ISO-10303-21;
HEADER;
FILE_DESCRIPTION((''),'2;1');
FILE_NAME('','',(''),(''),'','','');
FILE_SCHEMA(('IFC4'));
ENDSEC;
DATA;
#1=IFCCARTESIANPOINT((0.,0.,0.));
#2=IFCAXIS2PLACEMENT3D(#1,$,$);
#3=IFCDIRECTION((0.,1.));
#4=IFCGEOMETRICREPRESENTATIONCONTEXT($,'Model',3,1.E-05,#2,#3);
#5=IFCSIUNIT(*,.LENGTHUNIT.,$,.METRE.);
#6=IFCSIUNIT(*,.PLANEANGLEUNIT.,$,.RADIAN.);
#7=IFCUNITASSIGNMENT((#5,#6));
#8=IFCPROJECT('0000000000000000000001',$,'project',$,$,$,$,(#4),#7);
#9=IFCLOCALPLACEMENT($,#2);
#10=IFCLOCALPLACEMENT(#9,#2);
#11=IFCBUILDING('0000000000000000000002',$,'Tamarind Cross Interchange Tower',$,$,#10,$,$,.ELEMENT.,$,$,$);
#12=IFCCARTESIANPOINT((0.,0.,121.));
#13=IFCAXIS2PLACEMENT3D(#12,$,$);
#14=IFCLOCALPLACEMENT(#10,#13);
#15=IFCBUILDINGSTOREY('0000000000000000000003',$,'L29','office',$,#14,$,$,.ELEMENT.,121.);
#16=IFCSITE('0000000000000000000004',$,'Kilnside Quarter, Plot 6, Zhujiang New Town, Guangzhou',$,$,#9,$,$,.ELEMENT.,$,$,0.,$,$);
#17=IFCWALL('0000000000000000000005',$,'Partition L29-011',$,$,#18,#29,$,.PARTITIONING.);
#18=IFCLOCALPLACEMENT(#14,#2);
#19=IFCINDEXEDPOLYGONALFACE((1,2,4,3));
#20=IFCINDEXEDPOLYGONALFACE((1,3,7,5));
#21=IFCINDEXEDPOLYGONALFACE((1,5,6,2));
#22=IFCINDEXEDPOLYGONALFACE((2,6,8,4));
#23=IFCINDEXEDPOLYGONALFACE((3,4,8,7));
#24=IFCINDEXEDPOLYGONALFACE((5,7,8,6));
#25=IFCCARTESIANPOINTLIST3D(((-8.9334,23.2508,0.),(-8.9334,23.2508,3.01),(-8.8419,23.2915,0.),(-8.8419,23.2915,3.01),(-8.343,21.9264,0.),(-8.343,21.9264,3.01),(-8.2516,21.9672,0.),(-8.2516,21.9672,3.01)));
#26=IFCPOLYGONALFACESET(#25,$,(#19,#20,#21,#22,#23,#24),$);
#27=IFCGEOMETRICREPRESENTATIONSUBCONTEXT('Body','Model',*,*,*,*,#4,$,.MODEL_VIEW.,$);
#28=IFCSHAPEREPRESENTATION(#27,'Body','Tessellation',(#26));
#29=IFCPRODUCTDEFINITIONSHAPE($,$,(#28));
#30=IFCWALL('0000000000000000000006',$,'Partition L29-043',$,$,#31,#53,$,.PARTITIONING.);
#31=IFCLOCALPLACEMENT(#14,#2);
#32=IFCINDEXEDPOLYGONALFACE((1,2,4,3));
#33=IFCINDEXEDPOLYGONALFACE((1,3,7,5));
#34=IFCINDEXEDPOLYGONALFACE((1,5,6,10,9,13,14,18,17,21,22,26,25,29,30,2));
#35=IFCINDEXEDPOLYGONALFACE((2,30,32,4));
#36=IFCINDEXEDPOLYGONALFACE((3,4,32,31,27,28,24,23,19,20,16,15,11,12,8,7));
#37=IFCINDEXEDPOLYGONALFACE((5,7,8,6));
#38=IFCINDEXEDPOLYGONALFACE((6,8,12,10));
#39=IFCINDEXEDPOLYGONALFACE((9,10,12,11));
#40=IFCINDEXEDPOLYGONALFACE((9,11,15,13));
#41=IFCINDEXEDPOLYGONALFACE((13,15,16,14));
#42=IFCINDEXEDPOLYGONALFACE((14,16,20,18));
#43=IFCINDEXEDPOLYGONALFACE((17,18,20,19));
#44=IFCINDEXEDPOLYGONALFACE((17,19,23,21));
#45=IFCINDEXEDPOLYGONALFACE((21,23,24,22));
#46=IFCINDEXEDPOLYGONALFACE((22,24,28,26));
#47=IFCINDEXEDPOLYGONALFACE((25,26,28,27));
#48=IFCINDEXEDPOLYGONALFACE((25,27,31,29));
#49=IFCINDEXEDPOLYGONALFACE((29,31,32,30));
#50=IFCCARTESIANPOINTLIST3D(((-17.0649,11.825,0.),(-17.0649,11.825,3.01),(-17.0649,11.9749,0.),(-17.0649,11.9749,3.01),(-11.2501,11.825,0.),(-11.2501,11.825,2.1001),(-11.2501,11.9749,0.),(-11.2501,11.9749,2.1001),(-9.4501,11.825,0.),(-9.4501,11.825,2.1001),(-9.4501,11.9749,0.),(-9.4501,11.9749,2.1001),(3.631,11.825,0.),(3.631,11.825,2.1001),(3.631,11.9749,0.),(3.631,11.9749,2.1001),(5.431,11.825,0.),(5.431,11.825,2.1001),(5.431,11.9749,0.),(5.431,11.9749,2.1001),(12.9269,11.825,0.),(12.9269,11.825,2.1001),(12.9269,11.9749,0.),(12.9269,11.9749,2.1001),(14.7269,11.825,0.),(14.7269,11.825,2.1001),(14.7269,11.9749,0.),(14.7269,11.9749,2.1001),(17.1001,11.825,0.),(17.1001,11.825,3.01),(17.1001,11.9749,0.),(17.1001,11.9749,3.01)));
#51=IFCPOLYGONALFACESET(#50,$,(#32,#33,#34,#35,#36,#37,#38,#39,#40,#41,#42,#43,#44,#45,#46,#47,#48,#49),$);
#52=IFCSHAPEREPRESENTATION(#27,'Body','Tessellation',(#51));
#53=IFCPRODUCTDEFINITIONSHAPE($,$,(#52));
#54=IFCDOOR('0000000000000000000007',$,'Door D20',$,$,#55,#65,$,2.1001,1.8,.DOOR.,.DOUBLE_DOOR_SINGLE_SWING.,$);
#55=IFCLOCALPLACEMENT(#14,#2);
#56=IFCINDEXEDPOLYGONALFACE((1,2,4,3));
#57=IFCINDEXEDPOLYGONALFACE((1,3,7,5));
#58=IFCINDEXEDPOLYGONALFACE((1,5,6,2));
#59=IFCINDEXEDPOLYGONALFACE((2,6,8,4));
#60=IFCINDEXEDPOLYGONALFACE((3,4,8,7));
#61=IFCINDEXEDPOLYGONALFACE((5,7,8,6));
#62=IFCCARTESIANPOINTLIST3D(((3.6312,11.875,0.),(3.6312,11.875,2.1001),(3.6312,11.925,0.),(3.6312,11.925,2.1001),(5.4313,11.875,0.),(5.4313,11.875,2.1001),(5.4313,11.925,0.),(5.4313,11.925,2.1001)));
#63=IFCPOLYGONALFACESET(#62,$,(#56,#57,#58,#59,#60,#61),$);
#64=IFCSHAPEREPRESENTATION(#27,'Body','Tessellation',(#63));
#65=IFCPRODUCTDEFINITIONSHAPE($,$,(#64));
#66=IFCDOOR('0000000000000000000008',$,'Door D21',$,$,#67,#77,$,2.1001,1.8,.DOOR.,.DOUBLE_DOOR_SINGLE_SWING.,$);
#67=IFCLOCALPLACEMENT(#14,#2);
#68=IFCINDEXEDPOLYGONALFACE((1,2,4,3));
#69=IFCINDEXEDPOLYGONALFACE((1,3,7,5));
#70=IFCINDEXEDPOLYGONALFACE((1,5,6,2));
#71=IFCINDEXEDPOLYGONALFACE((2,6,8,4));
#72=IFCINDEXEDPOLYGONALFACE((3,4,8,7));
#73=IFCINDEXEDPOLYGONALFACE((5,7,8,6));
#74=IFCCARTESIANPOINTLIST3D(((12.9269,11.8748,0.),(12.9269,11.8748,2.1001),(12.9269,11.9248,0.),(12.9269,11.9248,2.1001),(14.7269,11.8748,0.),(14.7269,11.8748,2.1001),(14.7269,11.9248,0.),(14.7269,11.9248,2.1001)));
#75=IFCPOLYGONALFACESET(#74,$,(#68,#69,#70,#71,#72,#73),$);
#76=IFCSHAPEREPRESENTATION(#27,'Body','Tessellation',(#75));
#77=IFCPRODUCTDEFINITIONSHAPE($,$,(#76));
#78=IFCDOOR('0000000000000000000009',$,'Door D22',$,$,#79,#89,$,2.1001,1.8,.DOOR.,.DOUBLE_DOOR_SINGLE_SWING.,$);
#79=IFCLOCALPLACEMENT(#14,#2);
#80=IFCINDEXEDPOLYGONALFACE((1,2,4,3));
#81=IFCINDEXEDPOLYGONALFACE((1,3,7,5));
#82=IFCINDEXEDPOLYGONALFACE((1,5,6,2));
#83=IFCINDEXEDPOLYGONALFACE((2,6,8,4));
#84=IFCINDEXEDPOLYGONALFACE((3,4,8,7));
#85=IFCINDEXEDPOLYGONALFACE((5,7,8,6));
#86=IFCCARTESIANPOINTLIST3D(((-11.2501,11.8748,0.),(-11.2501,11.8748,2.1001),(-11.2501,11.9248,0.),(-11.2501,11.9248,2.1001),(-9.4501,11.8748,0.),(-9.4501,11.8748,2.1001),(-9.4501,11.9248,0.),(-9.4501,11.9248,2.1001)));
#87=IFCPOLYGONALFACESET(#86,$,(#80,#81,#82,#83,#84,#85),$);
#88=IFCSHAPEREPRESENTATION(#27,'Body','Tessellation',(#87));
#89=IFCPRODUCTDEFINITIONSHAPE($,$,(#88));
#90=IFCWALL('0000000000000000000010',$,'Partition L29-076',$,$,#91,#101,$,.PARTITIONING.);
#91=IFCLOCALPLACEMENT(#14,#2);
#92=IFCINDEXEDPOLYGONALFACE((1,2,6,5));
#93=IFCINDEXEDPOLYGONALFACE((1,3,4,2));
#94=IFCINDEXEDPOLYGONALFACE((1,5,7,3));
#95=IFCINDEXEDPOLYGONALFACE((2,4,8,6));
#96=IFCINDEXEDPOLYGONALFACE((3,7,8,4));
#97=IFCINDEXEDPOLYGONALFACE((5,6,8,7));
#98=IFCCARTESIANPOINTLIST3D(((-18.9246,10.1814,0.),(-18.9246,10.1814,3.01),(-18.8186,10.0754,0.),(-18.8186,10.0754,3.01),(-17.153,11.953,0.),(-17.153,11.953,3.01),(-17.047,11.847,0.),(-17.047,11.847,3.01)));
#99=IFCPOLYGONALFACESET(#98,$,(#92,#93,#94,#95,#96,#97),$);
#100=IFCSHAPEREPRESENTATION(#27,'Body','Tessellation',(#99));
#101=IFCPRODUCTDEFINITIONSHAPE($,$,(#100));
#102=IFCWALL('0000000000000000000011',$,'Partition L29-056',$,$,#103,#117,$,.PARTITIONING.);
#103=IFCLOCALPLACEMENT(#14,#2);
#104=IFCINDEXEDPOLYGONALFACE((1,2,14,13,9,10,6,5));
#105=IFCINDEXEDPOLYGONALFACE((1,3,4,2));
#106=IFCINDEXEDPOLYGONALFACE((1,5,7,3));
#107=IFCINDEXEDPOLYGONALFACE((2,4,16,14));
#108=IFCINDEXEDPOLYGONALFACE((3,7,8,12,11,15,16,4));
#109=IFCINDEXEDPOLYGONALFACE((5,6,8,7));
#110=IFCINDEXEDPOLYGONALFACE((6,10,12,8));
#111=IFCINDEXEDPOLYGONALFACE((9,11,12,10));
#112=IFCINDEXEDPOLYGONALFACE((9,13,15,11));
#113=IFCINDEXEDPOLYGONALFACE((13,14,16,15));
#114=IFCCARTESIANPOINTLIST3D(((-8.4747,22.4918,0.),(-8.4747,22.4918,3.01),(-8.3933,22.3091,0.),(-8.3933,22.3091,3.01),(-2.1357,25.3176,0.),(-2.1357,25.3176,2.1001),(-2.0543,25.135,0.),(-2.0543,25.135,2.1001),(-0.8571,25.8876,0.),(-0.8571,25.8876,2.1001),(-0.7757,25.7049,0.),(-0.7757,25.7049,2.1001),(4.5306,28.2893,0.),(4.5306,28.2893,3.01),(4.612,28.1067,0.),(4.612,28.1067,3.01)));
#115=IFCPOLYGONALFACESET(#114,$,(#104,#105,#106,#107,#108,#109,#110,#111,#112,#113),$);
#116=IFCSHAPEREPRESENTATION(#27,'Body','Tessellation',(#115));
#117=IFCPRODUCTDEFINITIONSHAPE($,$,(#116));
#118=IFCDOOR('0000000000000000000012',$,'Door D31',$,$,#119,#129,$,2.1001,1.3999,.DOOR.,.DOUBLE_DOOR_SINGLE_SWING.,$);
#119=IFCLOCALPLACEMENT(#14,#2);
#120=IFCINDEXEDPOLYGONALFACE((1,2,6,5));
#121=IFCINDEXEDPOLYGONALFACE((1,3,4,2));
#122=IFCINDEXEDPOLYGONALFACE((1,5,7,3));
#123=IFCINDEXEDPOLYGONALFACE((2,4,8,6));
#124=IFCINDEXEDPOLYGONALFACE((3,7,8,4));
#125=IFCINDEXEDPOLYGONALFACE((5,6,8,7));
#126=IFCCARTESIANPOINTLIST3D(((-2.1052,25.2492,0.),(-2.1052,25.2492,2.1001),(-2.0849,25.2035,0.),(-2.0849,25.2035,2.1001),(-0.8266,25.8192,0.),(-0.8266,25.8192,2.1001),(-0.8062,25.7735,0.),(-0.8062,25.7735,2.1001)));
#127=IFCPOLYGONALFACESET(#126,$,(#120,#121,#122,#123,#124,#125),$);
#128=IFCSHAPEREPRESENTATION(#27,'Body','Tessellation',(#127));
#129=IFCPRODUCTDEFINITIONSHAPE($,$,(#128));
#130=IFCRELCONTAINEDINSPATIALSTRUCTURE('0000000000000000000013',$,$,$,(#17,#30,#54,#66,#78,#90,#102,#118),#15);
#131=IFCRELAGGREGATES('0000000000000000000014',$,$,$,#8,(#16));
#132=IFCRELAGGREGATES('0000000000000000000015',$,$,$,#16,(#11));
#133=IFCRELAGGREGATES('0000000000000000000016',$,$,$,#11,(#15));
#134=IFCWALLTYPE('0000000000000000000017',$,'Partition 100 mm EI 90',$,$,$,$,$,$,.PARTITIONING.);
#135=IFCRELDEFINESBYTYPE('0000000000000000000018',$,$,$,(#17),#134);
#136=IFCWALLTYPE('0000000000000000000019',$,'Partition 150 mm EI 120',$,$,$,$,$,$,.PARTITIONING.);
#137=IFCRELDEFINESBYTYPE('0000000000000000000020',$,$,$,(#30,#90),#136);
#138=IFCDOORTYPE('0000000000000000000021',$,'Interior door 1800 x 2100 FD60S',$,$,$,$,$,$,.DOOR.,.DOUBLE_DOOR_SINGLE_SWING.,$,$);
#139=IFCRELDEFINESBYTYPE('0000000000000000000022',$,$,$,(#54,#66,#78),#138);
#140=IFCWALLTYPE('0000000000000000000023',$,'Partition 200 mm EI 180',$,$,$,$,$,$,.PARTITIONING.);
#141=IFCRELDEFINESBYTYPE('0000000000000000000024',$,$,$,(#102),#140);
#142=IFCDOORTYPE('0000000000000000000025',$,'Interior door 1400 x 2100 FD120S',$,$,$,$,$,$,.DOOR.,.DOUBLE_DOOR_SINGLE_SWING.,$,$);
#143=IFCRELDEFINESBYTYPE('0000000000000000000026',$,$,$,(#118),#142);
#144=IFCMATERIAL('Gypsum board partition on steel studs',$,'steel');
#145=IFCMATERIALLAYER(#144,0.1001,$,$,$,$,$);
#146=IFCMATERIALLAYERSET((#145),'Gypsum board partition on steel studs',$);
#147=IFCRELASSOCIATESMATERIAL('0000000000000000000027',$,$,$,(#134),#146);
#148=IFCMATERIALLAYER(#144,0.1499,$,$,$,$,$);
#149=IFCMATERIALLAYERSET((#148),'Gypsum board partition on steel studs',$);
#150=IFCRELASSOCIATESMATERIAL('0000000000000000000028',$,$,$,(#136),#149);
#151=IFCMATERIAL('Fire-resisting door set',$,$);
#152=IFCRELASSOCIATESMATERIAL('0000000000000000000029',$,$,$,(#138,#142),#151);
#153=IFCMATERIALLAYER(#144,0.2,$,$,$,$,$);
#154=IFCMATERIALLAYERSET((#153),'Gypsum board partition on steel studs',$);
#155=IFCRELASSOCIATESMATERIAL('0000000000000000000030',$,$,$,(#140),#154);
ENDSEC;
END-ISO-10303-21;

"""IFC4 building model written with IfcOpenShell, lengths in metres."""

from ifc_helpers import new_model, si_unit, direction, frame, frame_2d, origin, place, context, subcontext, project, spatial, rectangle, extrude, material, layer, layer_set, type_object, element, fill, save


model = new_model("IFC4")

# Units and contexts
model_context = context("Model", 3, precision=1e-05, world=origin(), true_north=direction((0.0, 1.0)))
body_context = subcontext(model_context, "Body", "Model", "MODEL_VIEW")
ifc_project = project(units=[si_unit("LENGTHUNIT", "METRE"), si_unit("PLANEANGLEUNIT", "RADIAN")], contexts=[model_context])

# Site, building, storey
site_placement = place(None, origin())
site = spatial("IfcSite", under=ifc_project, at=site_placement, Name="Kilnside Quarter, Plot 6, Zhujiang New Town, Guangzhou", CompositionType="ELEMENT", RefElevation=0.0)
building_placement = place(site_placement, origin())
building = spatial("IfcBuilding", under=site, at=building_placement, Name="Tamarind Cross Interchange Tower", CompositionType="ELEMENT")
storey_placement = place(building_placement, frame((0.0, 0.0, 121.0)))
storey = spatial("IfcBuildingStorey", under=building, at=storey_placement, Name="L29", Description="office", CompositionType="ELEMENT", Elevation=121.0)

# Wall
ifc_material_1 = material(Name="Gypsum board partition on steel studs", Category="steel")
ifc_layer_1 = layer(ifc_material_1, 0.1001)
ifc_layer_set_1 = layer_set([ifc_layer_1], Name="Gypsum board partition on steel studs")
wall_type_1 = type_object("IfcWallType", Name="Partition 100 mm EI 90", PredefinedType="PARTITIONING", material=ifc_layer_set_1)
wall_1_placement = place(storey_placement, frame((-8.8877, 23.2712, 0.0), z_axis=(0.0, 0.0, 1.0), x_axis=(0.407169, -0.913353, 0.0)))
element("IfcWall", 1, at=wall_1_placement, inside=storey, type_object=wall_type_1, Name="Partition L29-011", PredefinedType="PARTITIONING", context=body_context, shape_type="SweptSolid", body=[
    extrude(rectangle(XDim=1.45, YDim=0.1001, at=frame_2d((0.7251, 0.0))), origin(), (0.0, 0.0, 1.0), 3.01),
])

# Wall, openings, doors
ifc_layer_2 = layer(ifc_material_1, 0.1499)
ifc_layer_set_2 = layer_set([ifc_layer_2], Name="Gypsum board partition on steel studs")
wall_type_2 = type_object("IfcWallType", Name="Partition 150 mm EI 120", PredefinedType="PARTITIONING", material=ifc_layer_set_2)
wall_2_placement = place(storey_placement, frame((-17.0649, 11.8999, 0.0), z_axis=(0.0, 0.0, 1.0), x_axis=(1.0, 0.0, 0.0)))
wall_2 = element("IfcWall", 2, at=wall_2_placement, inside=storey, type_object=wall_type_2, Name="Partition L29-043", PredefinedType="PARTITIONING", context=body_context, shape_type="SweptSolid", body=[
    extrude(rectangle(XDim=34.165, YDim=0.1499, at=frame_2d((17.0825, 0.0))), origin(), (0.0, 0.0, 1.0), 3.01),
])
opening_1_placement = place(wall_2_placement, frame((20.696, 0.0, 0.0)))
opening_1 = element("IfcOpeningElement", 3, at=opening_1_placement, cuts=wall_2, PredefinedType="OPENING", context=body_context, shape_type="SweptSolid", body=[
    extrude(rectangle(XDim=1.8, YDim=2.1001, at=frame_2d((0.8999, 1.05))), frame((0.0, 0.085, 0.0), z_axis=(0.0, -1.0, 0.0), x_axis=(1.0, 0.0, 0.0)), (0.0, 0.0, 1.0), 0.1699),
])
opening_2_placement = place(wall_2_placement, frame((29.9919, 0.0, 0.0)))
opening_2 = element("IfcOpeningElement", 4, at=opening_2_placement, cuts=wall_2, PredefinedType="OPENING", context=body_context, shape_type="SweptSolid", body=[
    extrude(rectangle(XDim=1.8, YDim=2.1001, at=frame_2d((0.8999, 1.05))), frame((0.0, 0.085, 0.0), z_axis=(0.0, -1.0, 0.0), x_axis=(1.0, 0.0, 0.0)), (0.0, 0.0, 1.0), 0.1699),
])
opening_3_placement = place(wall_2_placement, frame((5.8149, 0.0, 0.0)))
opening_3 = element("IfcOpeningElement", 5, at=opening_3_placement, cuts=wall_2, PredefinedType="OPENING", context=body_context, shape_type="SweptSolid", body=[
    extrude(rectangle(XDim=1.8, YDim=2.1001, at=frame_2d((0.8999, 1.05))), frame((0.0, 0.085, 0.0), z_axis=(0.0, -1.0, 0.0), x_axis=(1.0, 0.0, 0.0)), (0.0, 0.0, 1.0), 0.1699),
])
ifc_material_2 = material(Name="Fire-resisting door set")
door_type_1 = type_object("IfcDoorType", Name="Interior door 1800 x 2100 FD60S", OperationType="DOUBLE_DOOR_SINGLE_SWING", PredefinedType="DOOR", material=ifc_material_2)
door_1_placement = place(opening_1_placement, frame((1.8, 0.0, 0.0), z_axis=(0.0, 0.0, 1.0), x_axis=(-1.0, 0.0, 0.0)))
door_1 = element("IfcDoor", 6, at=door_1_placement, inside=storey, type_object=door_type_1, Name="Door D20", OperationType="DOUBLE_DOOR_SINGLE_SWING", OverallHeight=2.1001, OverallWidth=1.8, PredefinedType="DOOR", context=body_context, shape_type="SweptSolid", body=[
    extrude(rectangle(XDim=1.8, YDim=2.1001, at=frame_2d((0.8999, 1.05))), frame((0.0, 0.0249, 0.0), z_axis=(0.0, -1.0, 0.0), x_axis=(1.0, 0.0, 0.0)), (0.0, 0.0, 1.0), 0.05),
])
fill(opening_1, door_1)
door_2_placement = place(opening_2_placement, origin())
door_2 = element("IfcDoor", 7, at=door_2_placement, inside=storey, type_object=door_type_1, Name="Door D21", OperationType="DOUBLE_DOOR_SINGLE_SWING", OverallHeight=2.1001, OverallWidth=1.8, PredefinedType="DOOR", context=body_context, shape_type="SweptSolid", body=[
    extrude(rectangle(XDim=1.8, YDim=2.1001, at=frame_2d((0.8999, 1.05))), frame((0.0, 0.0249, 0.0), z_axis=(0.0, -1.0, 0.0), x_axis=(1.0, 0.0, 0.0)), (0.0, 0.0, 1.0), 0.05),
])
fill(opening_2, door_2)
door_3_placement = place(opening_3_placement, origin())
door_3 = element("IfcDoor", 8, at=door_3_placement, inside=storey, type_object=door_type_1, Name="Door D22", OperationType="DOUBLE_DOOR_SINGLE_SWING", OverallHeight=2.1001, OverallWidth=1.8, PredefinedType="DOOR", context=body_context, shape_type="SweptSolid", body=[
    extrude(rectangle(XDim=1.8, YDim=2.1001, at=frame_2d((0.8999, 1.05))), frame((0.0, 0.0249, 0.0), z_axis=(0.0, -1.0, 0.0), x_axis=(1.0, 0.0, 0.0)), (0.0, 0.0, 1.0), 0.05),
])
fill(opening_3, door_3)

# Wall
wall_3_placement = place(storey_placement, frame((-18.8716, 10.1284, 0.0), z_axis=(0.0, 0.0, 1.0), x_axis=(0.707107, 0.707107, 0.0)))
element("IfcWall", 9, at=wall_3_placement, inside=storey, type_object=wall_type_2, Name="Partition L29-076", PredefinedType="PARTITIONING", context=body_context, shape_type="SweptSolid", body=[
    extrude(rectangle(XDim=2.5054, YDim=0.1499, at=frame_2d((1.2527, 0.0))), origin(), (0.0, 0.0, 1.0), 3.01),
])

# Wall, opening, door
ifc_layer_3 = layer(ifc_material_1, 0.2)
ifc_layer_set_3 = layer_set([ifc_layer_3], Name="Gypsum board partition on steel studs")
wall_type_3 = type_object("IfcWallType", Name="Partition 200 mm EI 180", PredefinedType="PARTITIONING", material=ifc_layer_set_3)
wall_4_placement = place(storey_placement, frame((-8.4341, 22.4004, 0.0), z_axis=(0.0, 0.0, 1.0), x_axis=(0.913356, 0.407161, 0.0)))
wall_4 = element("IfcWall", 10, at=wall_4_placement, inside=storey, type_object=wall_type_3, Name="Partition L29-056", PredefinedType="PARTITIONING", context=body_context, shape_type="SweptSolid", body=[
    extrude(rectangle(XDim=14.239, YDim=0.2, at=frame_2d((7.1196, 0.0))), origin(), (0.0, 0.0, 1.0), 3.01),
])
opening_4_placement = place(wall_4_placement, frame((6.9404, 0.0, 0.0)))
opening_4 = element("IfcOpeningElement", 11, at=opening_4_placement, cuts=wall_4, PredefinedType="OPENING", context=body_context, shape_type="SweptSolid", body=[
    extrude(rectangle(XDim=1.3999, YDim=2.1001, at=frame_2d((0.7, 1.05))), frame((0.0, 0.1099, 0.0), z_axis=(0.0, -1.0, 0.0), x_axis=(1.0, 0.0, 0.0)), (0.0, 0.0, 1.0), 0.22),
])
door_type_2 = type_object("IfcDoorType", Name="Interior door 1400 x 2100 FD120S", OperationType="DOUBLE_DOOR_SINGLE_SWING", PredefinedType="DOOR", material=ifc_material_2)
door_4_placement = place(opening_4_placement, frame((1.3999, 0.0, 0.0), z_axis=(0.0, 0.0, 1.0), x_axis=(-1.0, 0.0, 0.0)))
door_4 = element("IfcDoor", 12, at=door_4_placement, inside=storey, type_object=door_type_2, Name="Door D31", OperationType="DOUBLE_DOOR_SINGLE_SWING", OverallHeight=2.1001, OverallWidth=1.3999, PredefinedType="DOOR", context=body_context, shape_type="SweptSolid", body=[
    extrude(rectangle(XDim=1.3999, YDim=2.1001, at=frame_2d((0.7, 1.05))), frame((0.0, 0.0249, 0.0), z_axis=(0.0, -1.0, 0.0), x_axis=(1.0, 0.0, 0.0)), (0.0, 0.0, 1.0), 0.05),
])
fill(opening_4, door_4)

save(model, "model.ifc")
